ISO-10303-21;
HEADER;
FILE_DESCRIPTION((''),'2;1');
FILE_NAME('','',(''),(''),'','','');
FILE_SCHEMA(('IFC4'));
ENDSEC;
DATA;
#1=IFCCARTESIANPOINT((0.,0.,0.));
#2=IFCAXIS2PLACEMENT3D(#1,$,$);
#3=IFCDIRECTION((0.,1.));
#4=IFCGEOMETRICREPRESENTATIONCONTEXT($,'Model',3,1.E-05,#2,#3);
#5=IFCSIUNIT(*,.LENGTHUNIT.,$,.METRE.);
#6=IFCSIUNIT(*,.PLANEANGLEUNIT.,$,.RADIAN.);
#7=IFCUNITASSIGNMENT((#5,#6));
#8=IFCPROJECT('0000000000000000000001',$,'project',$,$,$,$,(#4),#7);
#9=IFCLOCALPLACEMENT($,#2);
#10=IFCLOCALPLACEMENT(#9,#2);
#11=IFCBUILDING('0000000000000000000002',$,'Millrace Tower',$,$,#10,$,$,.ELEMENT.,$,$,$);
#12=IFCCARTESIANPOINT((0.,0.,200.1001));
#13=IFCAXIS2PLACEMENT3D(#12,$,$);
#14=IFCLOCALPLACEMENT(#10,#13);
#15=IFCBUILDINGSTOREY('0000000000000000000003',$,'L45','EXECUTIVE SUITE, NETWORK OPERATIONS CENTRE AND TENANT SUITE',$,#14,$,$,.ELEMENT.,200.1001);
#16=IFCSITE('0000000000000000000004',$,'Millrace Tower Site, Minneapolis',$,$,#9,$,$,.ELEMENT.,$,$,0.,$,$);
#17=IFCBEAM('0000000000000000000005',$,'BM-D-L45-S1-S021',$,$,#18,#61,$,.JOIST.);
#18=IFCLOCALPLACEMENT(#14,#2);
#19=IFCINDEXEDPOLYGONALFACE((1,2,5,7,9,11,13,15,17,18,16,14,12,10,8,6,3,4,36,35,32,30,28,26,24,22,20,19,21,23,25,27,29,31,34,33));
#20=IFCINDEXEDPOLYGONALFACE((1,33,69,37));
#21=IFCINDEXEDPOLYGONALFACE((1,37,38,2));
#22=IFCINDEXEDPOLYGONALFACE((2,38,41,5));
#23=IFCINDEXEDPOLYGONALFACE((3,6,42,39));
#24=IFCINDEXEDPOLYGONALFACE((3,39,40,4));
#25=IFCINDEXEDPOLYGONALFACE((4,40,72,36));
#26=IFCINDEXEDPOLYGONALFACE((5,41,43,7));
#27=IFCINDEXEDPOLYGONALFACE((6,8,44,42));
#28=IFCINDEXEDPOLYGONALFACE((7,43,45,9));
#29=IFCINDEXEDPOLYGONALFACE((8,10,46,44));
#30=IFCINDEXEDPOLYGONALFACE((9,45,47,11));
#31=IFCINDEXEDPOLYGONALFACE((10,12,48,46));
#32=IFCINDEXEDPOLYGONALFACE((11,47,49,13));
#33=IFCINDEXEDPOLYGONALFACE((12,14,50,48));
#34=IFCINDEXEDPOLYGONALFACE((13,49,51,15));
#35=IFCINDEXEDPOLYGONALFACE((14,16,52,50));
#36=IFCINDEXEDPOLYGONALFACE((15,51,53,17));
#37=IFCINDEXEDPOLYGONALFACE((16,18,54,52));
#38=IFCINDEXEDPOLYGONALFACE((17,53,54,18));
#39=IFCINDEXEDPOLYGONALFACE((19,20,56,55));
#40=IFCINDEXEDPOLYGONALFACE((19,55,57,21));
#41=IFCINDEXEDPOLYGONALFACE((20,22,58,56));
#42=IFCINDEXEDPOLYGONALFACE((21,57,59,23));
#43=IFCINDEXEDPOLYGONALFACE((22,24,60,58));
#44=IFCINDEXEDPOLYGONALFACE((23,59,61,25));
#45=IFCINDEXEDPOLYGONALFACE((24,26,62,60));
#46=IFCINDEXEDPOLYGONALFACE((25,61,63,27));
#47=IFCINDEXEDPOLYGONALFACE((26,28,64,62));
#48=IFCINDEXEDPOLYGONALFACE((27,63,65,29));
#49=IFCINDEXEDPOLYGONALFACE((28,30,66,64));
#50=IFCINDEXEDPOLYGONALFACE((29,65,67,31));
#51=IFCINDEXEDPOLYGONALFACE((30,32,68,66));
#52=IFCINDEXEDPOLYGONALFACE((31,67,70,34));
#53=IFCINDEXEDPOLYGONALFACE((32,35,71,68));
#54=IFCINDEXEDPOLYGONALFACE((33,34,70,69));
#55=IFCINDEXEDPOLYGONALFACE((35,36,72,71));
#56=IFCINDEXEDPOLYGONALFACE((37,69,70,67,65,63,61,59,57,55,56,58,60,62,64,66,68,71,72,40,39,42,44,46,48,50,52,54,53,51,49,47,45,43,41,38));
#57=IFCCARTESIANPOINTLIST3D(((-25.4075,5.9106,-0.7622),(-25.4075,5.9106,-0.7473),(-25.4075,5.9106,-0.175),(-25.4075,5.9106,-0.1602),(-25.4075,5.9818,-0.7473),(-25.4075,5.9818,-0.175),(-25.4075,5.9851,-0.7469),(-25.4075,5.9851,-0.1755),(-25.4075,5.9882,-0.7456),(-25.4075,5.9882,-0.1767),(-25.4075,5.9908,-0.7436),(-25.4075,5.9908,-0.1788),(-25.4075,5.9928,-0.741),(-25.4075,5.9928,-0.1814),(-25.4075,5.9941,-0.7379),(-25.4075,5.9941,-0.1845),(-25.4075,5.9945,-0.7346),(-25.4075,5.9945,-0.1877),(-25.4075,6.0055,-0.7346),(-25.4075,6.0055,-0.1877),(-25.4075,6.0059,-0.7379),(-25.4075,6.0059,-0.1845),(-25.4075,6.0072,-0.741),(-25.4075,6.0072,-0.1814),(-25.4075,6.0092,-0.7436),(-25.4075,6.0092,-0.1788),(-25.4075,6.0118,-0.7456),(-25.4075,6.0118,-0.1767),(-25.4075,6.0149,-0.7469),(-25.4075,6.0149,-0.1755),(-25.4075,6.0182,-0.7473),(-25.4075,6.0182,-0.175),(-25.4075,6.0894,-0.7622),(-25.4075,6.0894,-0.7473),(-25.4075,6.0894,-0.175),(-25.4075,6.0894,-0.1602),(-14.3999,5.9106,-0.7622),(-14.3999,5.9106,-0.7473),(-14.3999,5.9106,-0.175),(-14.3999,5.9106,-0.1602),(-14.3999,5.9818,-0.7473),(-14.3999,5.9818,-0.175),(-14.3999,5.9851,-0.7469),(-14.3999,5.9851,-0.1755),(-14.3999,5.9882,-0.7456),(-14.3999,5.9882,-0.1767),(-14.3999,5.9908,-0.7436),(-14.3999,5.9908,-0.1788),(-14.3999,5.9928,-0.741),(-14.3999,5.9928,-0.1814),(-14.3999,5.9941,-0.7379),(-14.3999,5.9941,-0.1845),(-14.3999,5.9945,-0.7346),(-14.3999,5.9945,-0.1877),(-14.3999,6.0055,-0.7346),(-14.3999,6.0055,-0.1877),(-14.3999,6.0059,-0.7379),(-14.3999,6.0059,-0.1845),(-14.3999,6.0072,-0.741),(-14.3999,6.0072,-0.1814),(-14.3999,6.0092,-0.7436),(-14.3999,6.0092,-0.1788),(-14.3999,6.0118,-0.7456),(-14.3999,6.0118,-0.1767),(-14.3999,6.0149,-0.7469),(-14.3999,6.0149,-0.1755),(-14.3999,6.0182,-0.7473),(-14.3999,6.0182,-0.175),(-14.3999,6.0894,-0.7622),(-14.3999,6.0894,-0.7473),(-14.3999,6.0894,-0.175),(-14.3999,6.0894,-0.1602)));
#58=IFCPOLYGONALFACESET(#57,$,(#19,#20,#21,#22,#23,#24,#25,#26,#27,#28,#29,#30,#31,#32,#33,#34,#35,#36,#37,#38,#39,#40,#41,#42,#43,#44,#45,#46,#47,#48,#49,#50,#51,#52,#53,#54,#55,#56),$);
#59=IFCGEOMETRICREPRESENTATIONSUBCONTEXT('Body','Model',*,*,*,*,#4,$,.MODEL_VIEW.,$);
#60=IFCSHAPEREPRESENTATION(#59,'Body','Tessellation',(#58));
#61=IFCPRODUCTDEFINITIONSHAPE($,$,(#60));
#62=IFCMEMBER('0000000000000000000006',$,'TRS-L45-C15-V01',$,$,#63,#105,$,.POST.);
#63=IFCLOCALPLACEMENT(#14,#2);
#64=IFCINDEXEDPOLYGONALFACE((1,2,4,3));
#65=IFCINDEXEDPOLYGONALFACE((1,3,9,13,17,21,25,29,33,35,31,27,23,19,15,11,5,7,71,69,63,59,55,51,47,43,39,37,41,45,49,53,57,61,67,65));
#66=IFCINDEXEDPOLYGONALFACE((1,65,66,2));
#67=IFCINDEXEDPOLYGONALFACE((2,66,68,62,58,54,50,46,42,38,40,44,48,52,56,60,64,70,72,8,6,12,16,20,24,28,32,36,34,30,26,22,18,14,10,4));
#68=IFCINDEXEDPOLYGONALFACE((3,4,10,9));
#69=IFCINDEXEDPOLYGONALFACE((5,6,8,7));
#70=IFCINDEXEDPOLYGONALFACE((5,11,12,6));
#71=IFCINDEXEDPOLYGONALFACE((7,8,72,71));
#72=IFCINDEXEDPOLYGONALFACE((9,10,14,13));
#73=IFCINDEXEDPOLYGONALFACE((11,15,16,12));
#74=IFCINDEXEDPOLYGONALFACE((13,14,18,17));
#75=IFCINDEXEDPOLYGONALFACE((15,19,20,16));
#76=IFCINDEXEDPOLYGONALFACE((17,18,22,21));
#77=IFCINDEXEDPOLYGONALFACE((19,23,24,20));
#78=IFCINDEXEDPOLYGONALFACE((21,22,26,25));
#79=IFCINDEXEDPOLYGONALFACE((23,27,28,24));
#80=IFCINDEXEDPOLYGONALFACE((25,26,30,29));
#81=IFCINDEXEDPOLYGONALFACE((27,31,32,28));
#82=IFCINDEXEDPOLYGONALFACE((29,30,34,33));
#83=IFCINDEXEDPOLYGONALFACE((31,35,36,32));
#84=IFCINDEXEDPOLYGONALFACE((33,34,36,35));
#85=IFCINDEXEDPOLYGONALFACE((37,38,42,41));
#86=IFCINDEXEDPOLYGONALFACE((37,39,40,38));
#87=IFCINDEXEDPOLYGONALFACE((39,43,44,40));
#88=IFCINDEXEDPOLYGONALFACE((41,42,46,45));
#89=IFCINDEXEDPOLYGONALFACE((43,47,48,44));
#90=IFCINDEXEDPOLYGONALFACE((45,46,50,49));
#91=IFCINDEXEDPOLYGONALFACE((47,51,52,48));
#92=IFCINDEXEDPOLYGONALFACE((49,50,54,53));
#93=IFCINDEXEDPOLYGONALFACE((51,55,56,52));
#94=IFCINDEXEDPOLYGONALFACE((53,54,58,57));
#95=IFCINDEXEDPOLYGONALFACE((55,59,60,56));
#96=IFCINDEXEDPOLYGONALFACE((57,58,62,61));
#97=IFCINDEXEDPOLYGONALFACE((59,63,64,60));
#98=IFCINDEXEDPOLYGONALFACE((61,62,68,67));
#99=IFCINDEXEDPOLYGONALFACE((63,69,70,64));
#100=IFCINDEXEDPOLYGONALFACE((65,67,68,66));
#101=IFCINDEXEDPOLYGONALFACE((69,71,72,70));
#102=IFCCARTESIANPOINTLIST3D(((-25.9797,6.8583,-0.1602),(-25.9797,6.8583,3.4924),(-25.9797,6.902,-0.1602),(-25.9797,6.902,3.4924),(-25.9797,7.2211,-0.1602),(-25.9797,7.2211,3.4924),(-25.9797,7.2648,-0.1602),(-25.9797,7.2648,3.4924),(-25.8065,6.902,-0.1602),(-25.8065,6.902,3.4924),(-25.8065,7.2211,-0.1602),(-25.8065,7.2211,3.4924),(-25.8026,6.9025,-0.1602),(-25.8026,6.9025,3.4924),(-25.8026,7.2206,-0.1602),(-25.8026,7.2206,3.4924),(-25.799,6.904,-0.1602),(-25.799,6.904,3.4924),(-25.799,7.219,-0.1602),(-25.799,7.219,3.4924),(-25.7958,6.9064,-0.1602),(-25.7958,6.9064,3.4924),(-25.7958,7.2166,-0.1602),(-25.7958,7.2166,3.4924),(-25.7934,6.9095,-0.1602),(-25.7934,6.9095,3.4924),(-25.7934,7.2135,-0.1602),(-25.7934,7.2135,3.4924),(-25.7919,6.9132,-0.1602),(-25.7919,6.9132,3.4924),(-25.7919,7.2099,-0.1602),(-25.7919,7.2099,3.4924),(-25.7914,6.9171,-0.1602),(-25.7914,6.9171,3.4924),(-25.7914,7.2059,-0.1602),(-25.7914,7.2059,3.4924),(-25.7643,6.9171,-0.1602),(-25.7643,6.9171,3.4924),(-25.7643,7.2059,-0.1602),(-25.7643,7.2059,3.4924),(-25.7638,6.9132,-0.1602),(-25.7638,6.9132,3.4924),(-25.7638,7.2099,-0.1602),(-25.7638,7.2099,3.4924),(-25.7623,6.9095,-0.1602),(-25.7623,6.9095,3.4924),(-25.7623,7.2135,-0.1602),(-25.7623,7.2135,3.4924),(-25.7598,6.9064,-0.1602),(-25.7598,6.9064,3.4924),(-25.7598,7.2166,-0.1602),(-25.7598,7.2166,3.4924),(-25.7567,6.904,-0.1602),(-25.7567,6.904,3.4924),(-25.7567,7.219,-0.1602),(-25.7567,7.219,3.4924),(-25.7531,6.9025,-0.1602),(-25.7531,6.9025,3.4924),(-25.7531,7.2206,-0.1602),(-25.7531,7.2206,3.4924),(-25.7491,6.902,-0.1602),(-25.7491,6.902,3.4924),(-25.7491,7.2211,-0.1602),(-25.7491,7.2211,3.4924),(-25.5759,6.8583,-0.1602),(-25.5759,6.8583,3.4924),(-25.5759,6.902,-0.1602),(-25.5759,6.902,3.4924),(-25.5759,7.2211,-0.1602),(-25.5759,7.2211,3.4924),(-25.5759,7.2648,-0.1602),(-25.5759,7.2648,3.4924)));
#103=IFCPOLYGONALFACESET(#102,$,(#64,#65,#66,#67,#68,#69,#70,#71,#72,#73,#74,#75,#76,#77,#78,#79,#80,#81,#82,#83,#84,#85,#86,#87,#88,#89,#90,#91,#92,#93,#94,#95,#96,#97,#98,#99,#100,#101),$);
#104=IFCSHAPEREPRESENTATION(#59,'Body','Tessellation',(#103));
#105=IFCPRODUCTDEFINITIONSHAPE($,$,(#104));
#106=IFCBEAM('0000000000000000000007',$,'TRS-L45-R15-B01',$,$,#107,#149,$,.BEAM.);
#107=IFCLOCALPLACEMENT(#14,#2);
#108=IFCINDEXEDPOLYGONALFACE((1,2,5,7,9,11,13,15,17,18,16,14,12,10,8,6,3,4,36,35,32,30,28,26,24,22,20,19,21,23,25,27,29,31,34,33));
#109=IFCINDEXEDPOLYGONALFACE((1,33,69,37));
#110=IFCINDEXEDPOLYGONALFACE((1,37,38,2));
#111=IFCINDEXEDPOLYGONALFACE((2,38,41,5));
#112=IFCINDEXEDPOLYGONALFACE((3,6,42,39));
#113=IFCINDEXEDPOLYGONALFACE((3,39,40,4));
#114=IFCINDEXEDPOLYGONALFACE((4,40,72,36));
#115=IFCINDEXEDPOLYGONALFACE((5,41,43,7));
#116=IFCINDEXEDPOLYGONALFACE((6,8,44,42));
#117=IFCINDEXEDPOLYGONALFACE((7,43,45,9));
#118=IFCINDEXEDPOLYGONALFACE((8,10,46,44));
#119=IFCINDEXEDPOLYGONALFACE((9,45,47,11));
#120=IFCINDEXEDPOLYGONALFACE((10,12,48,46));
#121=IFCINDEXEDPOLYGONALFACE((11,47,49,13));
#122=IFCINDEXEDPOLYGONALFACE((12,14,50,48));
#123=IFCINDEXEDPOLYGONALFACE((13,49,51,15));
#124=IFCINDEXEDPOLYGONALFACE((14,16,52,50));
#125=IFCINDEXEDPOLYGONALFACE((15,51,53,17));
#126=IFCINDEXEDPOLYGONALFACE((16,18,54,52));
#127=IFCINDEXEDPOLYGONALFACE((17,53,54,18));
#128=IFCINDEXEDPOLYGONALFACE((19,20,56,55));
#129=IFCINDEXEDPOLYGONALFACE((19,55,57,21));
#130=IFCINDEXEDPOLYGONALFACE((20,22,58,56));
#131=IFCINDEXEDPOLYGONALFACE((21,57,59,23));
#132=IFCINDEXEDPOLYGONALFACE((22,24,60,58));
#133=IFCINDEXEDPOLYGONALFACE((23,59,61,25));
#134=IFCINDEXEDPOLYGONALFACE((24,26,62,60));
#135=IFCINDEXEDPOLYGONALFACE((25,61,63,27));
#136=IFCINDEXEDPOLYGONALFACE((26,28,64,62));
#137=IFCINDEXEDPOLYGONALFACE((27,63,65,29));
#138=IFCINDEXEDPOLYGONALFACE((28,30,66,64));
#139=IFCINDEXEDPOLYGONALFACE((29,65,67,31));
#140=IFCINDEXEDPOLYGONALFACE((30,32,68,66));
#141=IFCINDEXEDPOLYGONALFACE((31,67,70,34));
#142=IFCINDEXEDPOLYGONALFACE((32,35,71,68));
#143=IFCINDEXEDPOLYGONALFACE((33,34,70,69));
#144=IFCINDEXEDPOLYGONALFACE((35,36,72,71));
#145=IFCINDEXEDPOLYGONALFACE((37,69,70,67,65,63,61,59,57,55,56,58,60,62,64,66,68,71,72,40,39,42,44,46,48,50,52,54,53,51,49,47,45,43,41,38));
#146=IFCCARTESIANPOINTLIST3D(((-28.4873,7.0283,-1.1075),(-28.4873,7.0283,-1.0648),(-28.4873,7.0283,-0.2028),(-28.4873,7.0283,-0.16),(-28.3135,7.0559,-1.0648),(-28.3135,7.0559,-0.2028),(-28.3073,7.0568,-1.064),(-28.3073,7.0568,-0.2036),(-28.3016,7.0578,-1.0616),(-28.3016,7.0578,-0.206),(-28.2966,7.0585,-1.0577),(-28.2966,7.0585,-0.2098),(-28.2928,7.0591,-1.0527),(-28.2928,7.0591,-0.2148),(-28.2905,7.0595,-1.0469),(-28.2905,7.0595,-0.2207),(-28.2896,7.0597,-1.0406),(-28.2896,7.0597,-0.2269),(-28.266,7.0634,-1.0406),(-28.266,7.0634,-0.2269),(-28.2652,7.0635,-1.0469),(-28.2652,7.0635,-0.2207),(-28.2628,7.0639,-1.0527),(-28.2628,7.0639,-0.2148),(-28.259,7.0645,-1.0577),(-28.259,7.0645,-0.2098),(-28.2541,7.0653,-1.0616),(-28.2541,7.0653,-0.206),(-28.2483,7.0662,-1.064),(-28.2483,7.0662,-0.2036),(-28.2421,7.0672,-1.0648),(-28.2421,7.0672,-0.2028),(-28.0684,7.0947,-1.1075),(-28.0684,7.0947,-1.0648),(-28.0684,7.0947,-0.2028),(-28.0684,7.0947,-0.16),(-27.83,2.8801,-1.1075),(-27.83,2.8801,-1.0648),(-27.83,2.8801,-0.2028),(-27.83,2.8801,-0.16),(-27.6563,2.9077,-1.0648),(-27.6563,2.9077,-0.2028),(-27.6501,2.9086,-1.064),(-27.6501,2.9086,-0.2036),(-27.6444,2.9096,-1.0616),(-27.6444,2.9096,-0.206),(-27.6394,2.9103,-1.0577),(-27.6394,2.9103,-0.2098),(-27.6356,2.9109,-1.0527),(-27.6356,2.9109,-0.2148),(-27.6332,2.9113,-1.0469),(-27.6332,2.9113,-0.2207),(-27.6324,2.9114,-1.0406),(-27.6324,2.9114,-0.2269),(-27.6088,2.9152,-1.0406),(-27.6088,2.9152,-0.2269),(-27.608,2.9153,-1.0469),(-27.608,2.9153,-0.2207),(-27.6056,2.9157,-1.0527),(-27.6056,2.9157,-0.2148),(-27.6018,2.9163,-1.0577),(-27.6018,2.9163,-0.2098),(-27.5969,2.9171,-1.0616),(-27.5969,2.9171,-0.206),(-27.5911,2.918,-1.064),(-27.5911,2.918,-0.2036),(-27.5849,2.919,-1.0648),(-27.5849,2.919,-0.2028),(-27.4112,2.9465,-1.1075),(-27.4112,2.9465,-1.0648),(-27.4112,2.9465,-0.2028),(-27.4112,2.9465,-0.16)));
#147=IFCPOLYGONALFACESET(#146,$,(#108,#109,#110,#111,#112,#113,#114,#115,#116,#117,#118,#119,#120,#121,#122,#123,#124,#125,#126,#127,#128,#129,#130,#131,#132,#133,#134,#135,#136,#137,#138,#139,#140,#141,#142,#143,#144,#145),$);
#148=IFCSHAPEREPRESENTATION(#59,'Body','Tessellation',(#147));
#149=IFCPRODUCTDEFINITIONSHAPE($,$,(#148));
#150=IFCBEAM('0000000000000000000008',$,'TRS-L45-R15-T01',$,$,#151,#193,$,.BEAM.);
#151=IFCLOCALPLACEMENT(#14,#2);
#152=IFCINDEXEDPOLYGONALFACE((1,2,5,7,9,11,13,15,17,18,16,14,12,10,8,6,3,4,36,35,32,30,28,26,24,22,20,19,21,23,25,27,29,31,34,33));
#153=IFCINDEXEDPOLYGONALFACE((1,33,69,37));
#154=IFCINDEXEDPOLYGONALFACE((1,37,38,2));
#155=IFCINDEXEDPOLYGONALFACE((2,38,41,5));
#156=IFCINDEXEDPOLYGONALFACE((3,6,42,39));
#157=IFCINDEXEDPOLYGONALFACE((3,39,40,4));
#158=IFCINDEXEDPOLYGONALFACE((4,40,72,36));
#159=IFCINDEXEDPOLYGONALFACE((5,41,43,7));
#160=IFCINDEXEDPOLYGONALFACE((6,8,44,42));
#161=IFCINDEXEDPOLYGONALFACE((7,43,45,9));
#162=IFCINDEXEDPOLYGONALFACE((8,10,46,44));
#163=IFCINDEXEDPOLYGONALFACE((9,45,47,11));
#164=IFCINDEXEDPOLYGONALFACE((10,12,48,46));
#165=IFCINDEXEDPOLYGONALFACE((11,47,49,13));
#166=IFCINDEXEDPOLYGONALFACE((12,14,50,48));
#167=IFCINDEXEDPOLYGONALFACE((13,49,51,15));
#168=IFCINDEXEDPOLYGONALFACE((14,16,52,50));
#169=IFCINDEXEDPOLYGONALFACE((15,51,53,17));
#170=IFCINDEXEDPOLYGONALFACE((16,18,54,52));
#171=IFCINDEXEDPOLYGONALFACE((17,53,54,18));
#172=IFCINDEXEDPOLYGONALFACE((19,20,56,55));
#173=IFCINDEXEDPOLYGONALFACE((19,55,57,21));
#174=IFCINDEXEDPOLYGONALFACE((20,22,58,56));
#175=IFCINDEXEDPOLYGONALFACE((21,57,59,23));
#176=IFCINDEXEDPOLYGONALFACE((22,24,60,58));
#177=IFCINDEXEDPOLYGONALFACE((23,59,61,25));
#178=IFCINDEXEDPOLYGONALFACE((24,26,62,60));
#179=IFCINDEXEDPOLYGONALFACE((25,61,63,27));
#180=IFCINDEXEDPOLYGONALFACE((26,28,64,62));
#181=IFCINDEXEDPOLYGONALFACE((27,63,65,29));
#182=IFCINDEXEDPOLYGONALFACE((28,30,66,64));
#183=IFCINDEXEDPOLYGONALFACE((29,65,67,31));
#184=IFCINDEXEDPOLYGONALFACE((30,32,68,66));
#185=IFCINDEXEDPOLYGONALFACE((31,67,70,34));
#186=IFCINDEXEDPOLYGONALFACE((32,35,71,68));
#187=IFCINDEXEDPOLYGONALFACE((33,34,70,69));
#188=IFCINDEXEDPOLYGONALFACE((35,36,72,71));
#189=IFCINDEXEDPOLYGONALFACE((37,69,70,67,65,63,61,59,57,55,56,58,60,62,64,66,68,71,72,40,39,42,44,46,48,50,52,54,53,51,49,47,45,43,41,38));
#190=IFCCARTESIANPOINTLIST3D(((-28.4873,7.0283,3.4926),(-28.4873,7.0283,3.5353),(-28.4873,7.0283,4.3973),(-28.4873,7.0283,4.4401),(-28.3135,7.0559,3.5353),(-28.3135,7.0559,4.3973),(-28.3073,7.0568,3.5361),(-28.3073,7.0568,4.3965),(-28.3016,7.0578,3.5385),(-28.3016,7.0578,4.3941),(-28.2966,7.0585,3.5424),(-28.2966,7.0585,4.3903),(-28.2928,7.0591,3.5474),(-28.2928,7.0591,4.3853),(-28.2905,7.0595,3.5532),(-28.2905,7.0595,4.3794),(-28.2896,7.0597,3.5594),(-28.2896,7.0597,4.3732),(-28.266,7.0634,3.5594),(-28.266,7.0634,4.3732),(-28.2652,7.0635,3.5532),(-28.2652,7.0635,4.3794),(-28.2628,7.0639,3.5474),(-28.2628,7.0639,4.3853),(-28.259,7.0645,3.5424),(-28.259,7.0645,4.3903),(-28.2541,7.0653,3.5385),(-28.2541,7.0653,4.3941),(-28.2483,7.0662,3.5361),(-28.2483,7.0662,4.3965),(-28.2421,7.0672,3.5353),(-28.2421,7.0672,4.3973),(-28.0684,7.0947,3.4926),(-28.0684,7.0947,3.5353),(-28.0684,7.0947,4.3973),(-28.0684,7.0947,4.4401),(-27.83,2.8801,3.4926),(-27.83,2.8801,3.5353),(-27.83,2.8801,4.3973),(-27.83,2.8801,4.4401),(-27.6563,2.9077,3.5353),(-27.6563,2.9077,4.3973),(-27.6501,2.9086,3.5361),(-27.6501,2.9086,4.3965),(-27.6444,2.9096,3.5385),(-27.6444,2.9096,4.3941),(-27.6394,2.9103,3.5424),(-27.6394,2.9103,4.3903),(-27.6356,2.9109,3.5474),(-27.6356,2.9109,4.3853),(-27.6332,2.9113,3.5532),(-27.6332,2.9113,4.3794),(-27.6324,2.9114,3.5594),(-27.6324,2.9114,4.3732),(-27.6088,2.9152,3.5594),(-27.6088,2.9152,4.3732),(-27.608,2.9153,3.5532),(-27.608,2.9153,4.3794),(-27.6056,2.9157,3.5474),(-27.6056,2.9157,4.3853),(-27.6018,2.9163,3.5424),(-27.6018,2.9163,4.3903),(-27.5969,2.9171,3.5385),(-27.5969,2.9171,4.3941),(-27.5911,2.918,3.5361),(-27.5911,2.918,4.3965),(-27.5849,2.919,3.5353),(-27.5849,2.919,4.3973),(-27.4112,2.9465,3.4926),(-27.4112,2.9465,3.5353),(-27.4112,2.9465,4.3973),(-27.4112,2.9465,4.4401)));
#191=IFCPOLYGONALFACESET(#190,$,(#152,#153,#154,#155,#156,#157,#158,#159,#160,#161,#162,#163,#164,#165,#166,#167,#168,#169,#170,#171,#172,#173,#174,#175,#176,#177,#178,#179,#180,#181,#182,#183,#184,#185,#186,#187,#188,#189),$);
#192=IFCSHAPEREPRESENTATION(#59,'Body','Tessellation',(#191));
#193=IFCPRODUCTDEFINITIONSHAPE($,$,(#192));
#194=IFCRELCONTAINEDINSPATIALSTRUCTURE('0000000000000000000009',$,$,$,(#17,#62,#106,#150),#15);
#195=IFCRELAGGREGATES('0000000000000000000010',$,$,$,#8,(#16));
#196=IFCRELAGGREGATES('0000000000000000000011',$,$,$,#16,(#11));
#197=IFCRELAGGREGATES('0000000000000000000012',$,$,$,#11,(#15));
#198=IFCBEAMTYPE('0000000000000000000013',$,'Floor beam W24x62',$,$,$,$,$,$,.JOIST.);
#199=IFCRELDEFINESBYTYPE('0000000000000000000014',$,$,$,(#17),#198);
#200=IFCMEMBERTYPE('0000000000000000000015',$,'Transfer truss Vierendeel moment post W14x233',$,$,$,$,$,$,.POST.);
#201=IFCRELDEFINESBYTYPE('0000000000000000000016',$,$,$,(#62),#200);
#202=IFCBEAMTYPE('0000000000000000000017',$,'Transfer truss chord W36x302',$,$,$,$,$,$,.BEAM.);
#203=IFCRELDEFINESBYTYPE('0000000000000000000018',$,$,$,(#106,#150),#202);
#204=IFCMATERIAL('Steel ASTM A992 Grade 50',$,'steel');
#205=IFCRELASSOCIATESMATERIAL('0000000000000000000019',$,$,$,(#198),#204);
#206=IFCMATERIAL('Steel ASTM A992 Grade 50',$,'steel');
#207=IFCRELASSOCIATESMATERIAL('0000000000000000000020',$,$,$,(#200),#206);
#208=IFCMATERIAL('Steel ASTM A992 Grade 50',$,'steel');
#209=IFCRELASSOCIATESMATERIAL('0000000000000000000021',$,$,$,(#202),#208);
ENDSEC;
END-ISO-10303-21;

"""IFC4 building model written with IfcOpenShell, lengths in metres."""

from ifc_helpers import new_model, si_unit, direction, frame, origin, origin_2d, place, context, subcontext, project, spatial, i_section, extrude, material, material_profile, profile_set, type_object, element, save


model = new_model("IFC4")

# Units and contexts
model_context = context("Model", 3, precision=1e-05, world=origin(), true_north=direction((0.0, 1.0)))
body_context = subcontext(model_context, "Body", "Model", "MODEL_VIEW")
ifc_project = project(units=[si_unit("LENGTHUNIT", "METRE"), si_unit("PLANEANGLEUNIT", "RADIAN")], contexts=[model_context])

# Site, building, storey
site_placement = place(None, origin())
site = spatial("IfcSite", under=ifc_project, at=site_placement, Name="Millrace Tower Site, Minneapolis", CompositionType="ELEMENT", RefElevation=0.0)
building_placement = place(site_placement, origin())
building = spatial("IfcBuilding", under=site, at=building_placement, Name="Millrace Tower", CompositionType="ELEMENT")
storey_placement = place(building_placement, frame((0.0, 0.0, 200.1001)))
storey = spatial("IfcBuildingStorey", under=building, at=storey_placement, Name="L45", Description="EXECUTIVE SUITE, NETWORK OPERATIONS CENTRE AND TENANT SUITE", CompositionType="ELEMENT", Elevation=200.1001)

# Beam
ifc_material_1 = material(Name="Steel ASTM A992 Grade 50", Category="steel")
ifc_material_profile_1 = material_profile(ifc_material_1, i_section(OverallWidth=0.1787, OverallDepth=0.6021, WebThickness=0.011, FlangeThickness=0.0149, FilletRadius=0.0127, at=origin_2d()))
ifc_profile_set_1 = profile_set([ifc_material_profile_1], Name="Steel ASTM A992 Grade 50")
beam_type_1 = type_object("IfcBeamType", Name="Floor beam W24x62", PredefinedType="JOIST", material=ifc_profile_set_1)
beam_1_placement = place(storey_placement, frame((-25.4075, 6.0, -0.4612), z_axis=(1.0, 0.0, 0.0), x_axis=(0.0, 1.0, 0.0)))
element("IfcBeam", 1, at=beam_1_placement, inside=storey, type_object=beam_type_1, Name="BM-D-L45-S1-S021", PredefinedType="JOIST", context=body_context, shape_type="SweptSolid", body=[
    extrude(i_section(OverallWidth=0.1787, OverallDepth=0.6021, WebThickness=0.011, FlangeThickness=0.0149, FilletRadius=0.0127, at=origin_2d()), origin(), (0.0, 0.0, 1.0), 11.0076),
])

# Member
ifc_material_2 = material(Name="Steel ASTM A992 Grade 50", Category="steel")
ifc_material_profile_2 = material_profile(ifc_material_2, i_section(OverallWidth=0.4038, OverallDepth=0.4065, WebThickness=0.0271, FlangeThickness=0.0437, FilletRadius=0.0151, at=origin_2d()))
ifc_profile_set_2 = profile_set([ifc_material_profile_2], Name="Steel ASTM A992 Grade 50")
member_type_1 = type_object("IfcMemberType", Name="Transfer truss Vierendeel moment post W14x233", PredefinedType="POST", material=ifc_profile_set_2)
member_1_placement = place(storey_placement, frame((-25.7778, 7.0615, -0.1602), z_axis=(0.0, 0.0, 1.0), x_axis=(1.0, 0.0, 0.0)))
element("IfcMember", 2, at=member_1_placement, inside=storey, type_object=member_type_1, Name="TRS-L45-C15-V01", PredefinedType="POST", context=body_context, shape_type="SweptSolid", body=[
    extrude(i_section(OverallWidth=0.4038, OverallDepth=0.4065, WebThickness=0.0271, FlangeThickness=0.0437, FilletRadius=0.0151, at=origin_2d()), origin(), (0.0, 0.0, 1.0), 3.6526),
])

# Beams
ifc_material_3 = material(Name="Steel ASTM A992 Grade 50", Category="steel")
ifc_material_profile_3 = material_profile(ifc_material_3, i_section(OverallWidth=0.4241, OverallDepth=0.9475, WebThickness=0.0239, FlangeThickness=0.0427, FilletRadius=0.0242, at=origin_2d()))
ifc_profile_set_3 = profile_set([ifc_material_profile_3], Name="Steel ASTM A992 Grade 50")
beam_type_2 = type_object("IfcBeamType", Name="Transfer truss chord W36x302", PredefinedType="BEAM", material=ifc_profile_set_3)
for number, where, z_axis, x_axis, name in (
    (3, (-28.2778, 7.0615, -0.6338), (0.156485, -0.98768, 0.0), (0.98768, 0.156485, 0.0), "TRS-L45-R15-B01"),
    (4, (-28.2778, 7.0615, 3.9663), (0.156485, -0.98768, 0.0), (0.98768, 0.156485, 0.0), "TRS-L45-R15-T01"),
):
    element("IfcBeam", number, at=place(storey_placement, frame(where, z_axis=z_axis, x_axis=x_axis)), inside=storey, type_object=beam_type_2, Name=name, PredefinedType="BEAM", context=body_context, shape_type="SweptSolid", body=[
        extrude(i_section(OverallWidth=0.4241, OverallDepth=0.9475, WebThickness=0.0239, FlangeThickness=0.0427, FilletRadius=0.0242, at=origin_2d()), origin(), (0.0, 0.0, 1.0), 4.2),
    ])

save(model, "model.ifc")
